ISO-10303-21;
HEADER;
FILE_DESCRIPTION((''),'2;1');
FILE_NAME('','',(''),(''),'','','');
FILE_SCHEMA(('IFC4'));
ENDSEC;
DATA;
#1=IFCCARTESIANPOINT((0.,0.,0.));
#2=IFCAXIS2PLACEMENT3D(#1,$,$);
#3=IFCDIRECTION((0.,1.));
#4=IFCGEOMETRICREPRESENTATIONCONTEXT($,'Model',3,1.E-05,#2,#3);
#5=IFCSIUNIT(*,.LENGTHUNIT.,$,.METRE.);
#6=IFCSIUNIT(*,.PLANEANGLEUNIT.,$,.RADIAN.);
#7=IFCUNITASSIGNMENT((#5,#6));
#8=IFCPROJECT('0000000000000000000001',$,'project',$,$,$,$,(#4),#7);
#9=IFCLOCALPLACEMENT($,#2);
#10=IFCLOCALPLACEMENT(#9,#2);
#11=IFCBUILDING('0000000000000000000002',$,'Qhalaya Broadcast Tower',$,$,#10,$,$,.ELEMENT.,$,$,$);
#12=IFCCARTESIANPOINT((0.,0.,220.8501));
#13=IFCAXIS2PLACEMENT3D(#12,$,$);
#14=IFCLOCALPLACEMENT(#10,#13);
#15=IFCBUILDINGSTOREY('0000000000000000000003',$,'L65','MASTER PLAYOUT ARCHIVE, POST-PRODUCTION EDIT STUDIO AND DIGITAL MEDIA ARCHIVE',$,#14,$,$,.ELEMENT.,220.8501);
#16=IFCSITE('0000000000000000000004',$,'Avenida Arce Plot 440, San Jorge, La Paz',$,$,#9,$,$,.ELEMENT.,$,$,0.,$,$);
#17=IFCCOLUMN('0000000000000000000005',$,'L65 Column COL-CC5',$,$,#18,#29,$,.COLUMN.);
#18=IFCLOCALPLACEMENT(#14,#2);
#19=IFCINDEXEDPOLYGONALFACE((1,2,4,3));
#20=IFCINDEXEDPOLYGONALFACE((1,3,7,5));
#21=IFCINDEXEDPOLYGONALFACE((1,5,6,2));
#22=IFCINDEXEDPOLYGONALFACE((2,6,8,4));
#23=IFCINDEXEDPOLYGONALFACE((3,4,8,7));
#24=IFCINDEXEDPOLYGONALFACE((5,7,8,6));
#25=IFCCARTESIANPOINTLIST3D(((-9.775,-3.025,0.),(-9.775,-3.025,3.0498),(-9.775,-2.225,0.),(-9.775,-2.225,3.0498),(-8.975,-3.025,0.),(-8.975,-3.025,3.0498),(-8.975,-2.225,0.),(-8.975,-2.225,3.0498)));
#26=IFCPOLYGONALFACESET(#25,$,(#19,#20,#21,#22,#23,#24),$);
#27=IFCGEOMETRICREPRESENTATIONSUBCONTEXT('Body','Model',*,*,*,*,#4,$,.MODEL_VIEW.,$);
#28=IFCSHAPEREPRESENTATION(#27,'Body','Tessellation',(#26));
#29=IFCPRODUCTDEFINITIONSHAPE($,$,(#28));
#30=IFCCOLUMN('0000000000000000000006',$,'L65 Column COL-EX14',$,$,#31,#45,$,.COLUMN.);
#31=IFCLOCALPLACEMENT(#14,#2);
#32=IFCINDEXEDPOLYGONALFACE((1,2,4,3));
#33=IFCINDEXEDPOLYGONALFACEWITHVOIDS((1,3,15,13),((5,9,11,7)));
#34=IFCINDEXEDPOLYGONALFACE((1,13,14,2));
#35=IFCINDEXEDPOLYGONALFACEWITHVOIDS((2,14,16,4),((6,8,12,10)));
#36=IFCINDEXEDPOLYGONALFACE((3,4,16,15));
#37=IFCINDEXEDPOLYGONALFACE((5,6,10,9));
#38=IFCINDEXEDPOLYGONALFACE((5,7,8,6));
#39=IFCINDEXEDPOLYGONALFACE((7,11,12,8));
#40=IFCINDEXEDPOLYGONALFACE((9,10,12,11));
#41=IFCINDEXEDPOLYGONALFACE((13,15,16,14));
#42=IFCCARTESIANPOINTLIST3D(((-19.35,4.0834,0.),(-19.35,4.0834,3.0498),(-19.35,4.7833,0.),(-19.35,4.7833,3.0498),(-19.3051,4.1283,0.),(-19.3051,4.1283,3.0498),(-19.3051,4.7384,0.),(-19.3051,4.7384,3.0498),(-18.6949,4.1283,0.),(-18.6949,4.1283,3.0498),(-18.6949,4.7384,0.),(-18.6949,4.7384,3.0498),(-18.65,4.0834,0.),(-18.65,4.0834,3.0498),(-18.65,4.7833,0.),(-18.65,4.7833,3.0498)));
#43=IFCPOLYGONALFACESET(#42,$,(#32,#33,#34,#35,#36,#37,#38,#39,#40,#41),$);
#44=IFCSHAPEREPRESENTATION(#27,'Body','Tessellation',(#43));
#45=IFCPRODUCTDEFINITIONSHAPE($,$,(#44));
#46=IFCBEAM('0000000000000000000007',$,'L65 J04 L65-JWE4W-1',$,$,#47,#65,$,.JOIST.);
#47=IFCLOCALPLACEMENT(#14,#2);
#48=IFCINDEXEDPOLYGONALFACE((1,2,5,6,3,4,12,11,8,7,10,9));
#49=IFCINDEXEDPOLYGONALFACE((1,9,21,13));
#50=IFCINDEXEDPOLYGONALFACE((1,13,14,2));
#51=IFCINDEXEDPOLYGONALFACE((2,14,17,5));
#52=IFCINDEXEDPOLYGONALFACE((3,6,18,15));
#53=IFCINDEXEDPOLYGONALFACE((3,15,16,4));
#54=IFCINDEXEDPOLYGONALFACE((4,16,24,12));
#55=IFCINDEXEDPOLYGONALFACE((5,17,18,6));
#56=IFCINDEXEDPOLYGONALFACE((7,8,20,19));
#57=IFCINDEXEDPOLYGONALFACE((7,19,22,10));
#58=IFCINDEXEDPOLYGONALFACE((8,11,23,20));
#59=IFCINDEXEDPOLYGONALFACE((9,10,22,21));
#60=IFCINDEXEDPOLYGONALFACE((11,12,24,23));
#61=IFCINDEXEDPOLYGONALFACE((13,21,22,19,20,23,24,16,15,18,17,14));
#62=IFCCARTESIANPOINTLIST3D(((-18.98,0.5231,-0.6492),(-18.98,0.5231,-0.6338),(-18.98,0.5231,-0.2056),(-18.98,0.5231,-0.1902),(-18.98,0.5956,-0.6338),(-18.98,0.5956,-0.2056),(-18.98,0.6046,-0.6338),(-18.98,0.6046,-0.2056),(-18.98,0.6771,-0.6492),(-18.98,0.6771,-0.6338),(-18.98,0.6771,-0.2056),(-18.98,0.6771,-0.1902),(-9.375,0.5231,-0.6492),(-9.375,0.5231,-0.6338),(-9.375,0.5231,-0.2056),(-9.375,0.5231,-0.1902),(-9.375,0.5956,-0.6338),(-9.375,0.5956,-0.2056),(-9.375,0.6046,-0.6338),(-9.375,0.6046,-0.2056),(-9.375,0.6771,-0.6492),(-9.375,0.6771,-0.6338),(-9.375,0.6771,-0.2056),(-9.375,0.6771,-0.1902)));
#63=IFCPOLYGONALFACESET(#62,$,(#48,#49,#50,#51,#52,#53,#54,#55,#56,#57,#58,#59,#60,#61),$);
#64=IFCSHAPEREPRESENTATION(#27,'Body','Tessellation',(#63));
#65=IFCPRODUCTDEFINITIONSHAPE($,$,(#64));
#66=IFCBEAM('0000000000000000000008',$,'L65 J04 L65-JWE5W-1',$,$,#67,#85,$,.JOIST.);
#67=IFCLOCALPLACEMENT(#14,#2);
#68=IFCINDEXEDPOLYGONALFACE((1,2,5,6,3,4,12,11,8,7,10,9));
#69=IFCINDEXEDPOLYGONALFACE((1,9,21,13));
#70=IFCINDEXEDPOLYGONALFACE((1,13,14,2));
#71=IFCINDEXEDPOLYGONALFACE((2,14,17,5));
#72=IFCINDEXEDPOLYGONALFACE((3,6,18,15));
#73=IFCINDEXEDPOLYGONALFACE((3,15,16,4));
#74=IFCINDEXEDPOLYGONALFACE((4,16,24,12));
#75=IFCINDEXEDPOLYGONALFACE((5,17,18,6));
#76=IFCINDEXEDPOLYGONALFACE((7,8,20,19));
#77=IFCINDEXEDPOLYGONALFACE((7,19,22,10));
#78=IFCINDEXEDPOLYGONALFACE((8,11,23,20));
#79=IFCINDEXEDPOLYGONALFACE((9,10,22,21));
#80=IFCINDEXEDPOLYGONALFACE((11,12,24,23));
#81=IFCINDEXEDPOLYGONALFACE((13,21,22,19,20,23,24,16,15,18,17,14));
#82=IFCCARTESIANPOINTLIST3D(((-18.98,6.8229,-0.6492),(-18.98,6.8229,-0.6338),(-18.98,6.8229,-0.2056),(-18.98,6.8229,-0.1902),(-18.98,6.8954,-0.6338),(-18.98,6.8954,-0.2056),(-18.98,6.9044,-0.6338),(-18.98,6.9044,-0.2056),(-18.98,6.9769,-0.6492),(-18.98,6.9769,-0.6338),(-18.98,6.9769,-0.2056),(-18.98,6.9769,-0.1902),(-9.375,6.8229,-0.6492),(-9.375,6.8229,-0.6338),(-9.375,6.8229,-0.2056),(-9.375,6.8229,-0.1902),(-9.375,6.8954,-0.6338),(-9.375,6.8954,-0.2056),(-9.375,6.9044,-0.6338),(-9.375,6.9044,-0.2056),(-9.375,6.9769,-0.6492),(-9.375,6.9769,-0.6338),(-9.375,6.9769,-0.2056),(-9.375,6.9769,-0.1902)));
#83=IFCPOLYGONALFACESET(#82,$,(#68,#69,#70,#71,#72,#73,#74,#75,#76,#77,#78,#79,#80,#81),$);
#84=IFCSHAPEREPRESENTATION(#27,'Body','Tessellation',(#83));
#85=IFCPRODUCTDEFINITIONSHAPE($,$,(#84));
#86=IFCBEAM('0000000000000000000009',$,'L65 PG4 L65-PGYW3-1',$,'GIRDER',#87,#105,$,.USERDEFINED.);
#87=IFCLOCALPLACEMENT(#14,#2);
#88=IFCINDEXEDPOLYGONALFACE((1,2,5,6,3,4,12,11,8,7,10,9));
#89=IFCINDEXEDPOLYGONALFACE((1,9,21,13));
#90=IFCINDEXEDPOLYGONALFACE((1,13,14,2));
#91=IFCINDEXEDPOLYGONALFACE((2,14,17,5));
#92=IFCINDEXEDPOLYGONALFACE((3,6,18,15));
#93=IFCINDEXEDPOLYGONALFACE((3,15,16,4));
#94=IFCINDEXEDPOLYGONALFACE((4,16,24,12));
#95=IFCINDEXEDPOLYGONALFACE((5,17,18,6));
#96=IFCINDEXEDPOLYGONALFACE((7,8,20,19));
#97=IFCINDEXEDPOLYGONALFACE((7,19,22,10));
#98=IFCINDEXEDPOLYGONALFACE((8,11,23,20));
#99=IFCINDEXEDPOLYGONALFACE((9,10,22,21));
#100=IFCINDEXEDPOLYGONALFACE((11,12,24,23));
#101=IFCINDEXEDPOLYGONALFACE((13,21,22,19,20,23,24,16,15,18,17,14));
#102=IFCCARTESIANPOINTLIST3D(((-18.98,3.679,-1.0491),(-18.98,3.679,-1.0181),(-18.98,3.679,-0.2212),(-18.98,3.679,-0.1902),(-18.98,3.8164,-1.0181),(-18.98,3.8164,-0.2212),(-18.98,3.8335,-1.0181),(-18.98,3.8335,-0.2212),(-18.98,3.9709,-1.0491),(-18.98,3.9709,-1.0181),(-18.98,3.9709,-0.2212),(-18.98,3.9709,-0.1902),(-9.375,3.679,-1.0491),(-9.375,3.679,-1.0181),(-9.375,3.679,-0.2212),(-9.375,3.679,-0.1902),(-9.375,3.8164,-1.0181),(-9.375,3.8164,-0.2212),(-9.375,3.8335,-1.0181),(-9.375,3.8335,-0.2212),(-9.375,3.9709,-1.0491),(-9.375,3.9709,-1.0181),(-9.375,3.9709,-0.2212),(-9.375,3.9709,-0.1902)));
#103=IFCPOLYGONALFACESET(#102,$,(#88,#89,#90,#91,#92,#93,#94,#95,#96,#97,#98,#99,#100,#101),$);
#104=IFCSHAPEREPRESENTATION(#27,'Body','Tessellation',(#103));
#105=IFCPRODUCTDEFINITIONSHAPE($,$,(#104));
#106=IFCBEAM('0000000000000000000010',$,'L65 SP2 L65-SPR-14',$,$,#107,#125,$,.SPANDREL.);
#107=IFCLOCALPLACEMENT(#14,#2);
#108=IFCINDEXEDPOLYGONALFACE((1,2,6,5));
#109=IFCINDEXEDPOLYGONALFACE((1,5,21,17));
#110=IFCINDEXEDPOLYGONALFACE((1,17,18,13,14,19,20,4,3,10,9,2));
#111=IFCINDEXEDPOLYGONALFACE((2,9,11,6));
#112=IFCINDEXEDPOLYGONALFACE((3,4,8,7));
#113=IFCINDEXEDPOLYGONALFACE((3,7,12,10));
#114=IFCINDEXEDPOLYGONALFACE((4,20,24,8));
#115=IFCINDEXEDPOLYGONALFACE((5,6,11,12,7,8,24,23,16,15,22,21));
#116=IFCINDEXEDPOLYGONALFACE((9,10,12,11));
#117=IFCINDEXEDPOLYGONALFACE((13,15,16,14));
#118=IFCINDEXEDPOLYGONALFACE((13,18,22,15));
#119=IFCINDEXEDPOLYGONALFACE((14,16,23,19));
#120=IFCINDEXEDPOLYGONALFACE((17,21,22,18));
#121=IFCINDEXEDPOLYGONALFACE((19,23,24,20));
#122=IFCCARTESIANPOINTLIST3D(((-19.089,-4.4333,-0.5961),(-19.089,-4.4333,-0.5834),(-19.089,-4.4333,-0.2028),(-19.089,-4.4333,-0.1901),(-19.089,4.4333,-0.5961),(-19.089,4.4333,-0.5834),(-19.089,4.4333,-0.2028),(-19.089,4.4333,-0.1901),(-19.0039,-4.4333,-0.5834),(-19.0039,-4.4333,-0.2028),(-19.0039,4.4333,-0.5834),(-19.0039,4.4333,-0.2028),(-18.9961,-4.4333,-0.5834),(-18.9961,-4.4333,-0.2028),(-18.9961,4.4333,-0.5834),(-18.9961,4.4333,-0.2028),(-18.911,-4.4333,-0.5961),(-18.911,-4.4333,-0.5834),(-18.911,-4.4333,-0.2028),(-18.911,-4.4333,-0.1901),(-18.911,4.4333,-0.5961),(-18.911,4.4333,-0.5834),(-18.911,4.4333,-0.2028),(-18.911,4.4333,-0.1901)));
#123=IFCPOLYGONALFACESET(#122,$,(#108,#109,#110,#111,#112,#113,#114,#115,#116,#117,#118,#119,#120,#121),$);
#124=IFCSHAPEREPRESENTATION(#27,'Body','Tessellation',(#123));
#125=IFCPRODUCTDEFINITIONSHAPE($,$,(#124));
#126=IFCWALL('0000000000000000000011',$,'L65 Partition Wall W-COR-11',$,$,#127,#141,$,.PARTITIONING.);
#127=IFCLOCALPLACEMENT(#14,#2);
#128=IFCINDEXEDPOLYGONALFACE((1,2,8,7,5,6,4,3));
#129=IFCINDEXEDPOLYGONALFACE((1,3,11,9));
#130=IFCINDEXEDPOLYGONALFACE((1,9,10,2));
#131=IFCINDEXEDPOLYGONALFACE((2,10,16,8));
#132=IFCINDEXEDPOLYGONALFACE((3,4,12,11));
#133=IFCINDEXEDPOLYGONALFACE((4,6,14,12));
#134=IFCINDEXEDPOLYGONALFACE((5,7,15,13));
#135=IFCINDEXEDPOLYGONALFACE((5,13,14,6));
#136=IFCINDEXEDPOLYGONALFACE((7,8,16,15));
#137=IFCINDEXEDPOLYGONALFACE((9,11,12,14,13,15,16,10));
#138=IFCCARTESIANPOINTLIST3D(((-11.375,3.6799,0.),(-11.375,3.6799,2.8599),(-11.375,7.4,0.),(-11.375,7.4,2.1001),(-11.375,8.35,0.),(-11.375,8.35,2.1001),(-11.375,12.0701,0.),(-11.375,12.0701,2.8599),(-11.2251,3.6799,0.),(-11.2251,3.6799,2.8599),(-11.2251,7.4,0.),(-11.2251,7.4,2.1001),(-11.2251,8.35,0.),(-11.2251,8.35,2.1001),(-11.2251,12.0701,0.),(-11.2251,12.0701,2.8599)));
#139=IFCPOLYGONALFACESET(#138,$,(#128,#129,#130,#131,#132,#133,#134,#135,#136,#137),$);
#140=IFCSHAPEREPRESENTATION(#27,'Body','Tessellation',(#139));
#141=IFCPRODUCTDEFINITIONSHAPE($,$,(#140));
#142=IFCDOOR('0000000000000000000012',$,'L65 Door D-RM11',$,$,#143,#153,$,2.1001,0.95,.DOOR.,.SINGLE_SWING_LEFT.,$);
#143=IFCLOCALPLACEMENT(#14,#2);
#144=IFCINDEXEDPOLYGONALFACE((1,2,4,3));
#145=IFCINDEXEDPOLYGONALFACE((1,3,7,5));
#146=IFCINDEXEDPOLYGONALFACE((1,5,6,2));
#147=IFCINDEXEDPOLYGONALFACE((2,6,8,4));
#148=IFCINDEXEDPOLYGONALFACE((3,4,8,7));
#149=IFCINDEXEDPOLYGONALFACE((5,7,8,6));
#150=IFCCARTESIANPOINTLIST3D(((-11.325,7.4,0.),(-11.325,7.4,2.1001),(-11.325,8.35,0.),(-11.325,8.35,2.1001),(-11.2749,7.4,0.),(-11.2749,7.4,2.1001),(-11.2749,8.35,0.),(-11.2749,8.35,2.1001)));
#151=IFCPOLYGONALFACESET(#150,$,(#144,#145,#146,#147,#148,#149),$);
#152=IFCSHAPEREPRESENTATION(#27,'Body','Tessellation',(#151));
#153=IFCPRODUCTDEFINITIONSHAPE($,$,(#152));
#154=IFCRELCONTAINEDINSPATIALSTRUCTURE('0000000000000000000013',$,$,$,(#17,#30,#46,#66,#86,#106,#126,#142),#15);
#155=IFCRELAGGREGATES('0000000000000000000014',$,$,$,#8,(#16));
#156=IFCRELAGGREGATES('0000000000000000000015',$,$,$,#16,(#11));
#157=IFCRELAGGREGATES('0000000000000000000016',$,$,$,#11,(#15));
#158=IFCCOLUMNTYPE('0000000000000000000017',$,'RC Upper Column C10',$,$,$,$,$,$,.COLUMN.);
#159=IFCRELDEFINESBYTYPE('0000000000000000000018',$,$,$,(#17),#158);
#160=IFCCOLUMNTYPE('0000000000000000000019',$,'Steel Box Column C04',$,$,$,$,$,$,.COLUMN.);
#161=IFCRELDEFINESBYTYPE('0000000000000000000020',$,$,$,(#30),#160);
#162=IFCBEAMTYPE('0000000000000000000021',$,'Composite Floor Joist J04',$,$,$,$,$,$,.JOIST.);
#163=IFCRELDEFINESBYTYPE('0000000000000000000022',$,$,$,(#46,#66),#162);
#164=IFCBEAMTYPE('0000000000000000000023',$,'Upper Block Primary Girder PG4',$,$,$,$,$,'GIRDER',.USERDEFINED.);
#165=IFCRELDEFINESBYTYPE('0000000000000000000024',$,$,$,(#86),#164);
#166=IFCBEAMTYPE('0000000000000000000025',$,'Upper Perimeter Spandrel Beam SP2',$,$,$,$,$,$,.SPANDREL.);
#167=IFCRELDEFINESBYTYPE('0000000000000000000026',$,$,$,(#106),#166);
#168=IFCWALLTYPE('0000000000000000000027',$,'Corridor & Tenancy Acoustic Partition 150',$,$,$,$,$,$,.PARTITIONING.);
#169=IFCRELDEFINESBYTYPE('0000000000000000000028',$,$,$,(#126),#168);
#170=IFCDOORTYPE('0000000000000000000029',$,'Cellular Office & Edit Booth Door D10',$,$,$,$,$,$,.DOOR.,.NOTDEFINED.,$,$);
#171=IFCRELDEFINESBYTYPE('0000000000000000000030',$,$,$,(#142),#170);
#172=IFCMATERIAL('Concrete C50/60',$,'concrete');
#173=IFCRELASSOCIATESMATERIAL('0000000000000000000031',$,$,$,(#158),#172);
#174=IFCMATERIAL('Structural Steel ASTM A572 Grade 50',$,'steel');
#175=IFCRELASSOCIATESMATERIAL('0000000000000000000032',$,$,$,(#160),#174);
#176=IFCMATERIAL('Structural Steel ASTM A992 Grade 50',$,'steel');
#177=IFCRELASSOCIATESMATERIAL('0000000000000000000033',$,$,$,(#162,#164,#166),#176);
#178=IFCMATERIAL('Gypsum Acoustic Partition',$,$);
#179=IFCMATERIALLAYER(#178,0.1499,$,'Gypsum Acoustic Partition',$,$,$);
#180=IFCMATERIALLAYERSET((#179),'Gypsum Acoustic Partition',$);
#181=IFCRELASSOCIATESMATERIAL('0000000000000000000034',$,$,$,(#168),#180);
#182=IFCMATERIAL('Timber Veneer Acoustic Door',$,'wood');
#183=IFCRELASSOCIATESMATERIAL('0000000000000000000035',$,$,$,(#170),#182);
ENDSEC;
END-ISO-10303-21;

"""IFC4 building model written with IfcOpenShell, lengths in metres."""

from ifc_helpers import new_model, si_unit, direction, frame, frame_2d, origin, origin_2d, place, context, subcontext, project, spatial, rectangle, hollow_rectangle, i_section, extrude, material, layer, layer_set, material_profile, profile_set, type_object, element, fill, save


model = new_model("IFC4")

# Units and contexts
model_context = context("Model", 3, precision=1e-05, world=origin(), true_north=direction((0.0, 1.0)))
body_context = subcontext(model_context, "Body", "Model", "MODEL_VIEW")
ifc_project = project(units=[si_unit("LENGTHUNIT", "METRE"), si_unit("PLANEANGLEUNIT", "RADIAN")], contexts=[model_context])

# Site, building, storey
site_placement = place(None, origin())
site = spatial("IfcSite", under=ifc_project, at=site_placement, Name="Avenida Arce Plot 440, San Jorge, La Paz", CompositionType="ELEMENT", RefElevation=0.0)
building_placement = place(site_placement, origin())
building = spatial("IfcBuilding", under=site, at=building_placement, Name="Qhalaya Broadcast Tower", CompositionType="ELEMENT")
storey_placement = place(building_placement, frame((0.0, 0.0, 220.8501)))
storey = spatial("IfcBuildingStorey", under=building, at=storey_placement, Name="L65", Description="MASTER PLAYOUT ARCHIVE, POST-PRODUCTION EDIT STUDIO AND DIGITAL MEDIA ARCHIVE", CompositionType="ELEMENT", Elevation=220.8501)

# Columns
ifc_material_1 = material(Name="Concrete C50/60", Category="concrete")
ifc_material_profile_1 = material_profile(ifc_material_1, rectangle(XDim=0.8, YDim=0.8, at=origin_2d()), Name="RC-COL 800x800")
ifc_profile_set_1 = profile_set([ifc_material_profile_1], Name="Concrete C50/60")
column_type_1 = type_object("IfcColumnType", Name="RC Upper Column C10", PredefinedType="COLUMN", material=ifc_profile_set_1)
column_1_placement = place(storey_placement, frame((-9.375, -2.625, 0.0), z_axis=(0.0, 0.0, 1.0), x_axis=(1.0, 0.0, 0.0)))
element("IfcColumn", 1, at=column_1_placement, inside=storey, type_object=column_type_1, Name="L65 Column COL-CC5", PredefinedType="COLUMN", context=body_context, shape_type="SweptSolid", body=[
    extrude(rectangle(XDim=0.8, YDim=0.8, at=origin_2d()), origin(), (0.0, 0.0, 1.0), 3.0498),
])
ifc_material_2 = material(Name="Structural Steel ASTM A572 Grade 50", Category="steel")
ifc_material_profile_2 = material_profile(ifc_material_2, hollow_rectangle(XDim=0.7, YDim=0.7, WallThickness=0.0449, at=origin_2d()), Name="BOX 700x700x45")
ifc_profile_set_2 = profile_set([ifc_material_profile_2], Name="Structural Steel ASTM A572 Grade 50")
column_type_2 = type_object("IfcColumnType", Name="Steel Box Column C04", PredefinedType="COLUMN", material=ifc_profile_set_2)
column_2_placement = place(storey_placement, frame((-19.0, 4.4333, 0.0), z_axis=(0.0, 0.0, 1.0), x_axis=(0.0, 1.0, 0.0)))
element("IfcColumn", 2, at=column_2_placement, inside=storey, type_object=column_type_2, Name="L65 Column COL-EX14", PredefinedType="COLUMN", context=body_context, shape_type="SweptSolid", body=[
    extrude(hollow_rectangle(XDim=0.7, YDim=0.7, WallThickness=0.0449, at=origin_2d()), origin(), (0.0, 0.0, 1.0), 3.0498),
])

# Beams
ifc_material_3 = material(Name="Structural Steel ASTM A992 Grade 50", Category="steel")
ifc_material_profile_3 = material_profile(ifc_material_3, i_section(OverallWidth=0.1541, OverallDepth=0.459, WebThickness=0.009, FlangeThickness=0.0154, at=origin_2d()), Name="W18X46")
ifc_profile_set_3 = profile_set([ifc_material_profile_3], Name="Structural Steel ASTM A992 Grade 50")
beam_type_1 = type_object("IfcBeamType", Name="Composite Floor Joist J04", PredefinedType="JOIST", material=ifc_profile_set_3)
for number, where, z_axis, x_axis, name in (
    (3, (-18.98, 0.6001, -0.4197), (1.0, 0.0, 0.0), (0.0, 1.0, 0.0), "L65 J04 L65-JWE4W-1"),
    (4, (-18.98, 6.8999, -0.4197), (1.0, 0.0, 0.0), (0.0, 1.0, 0.0), "L65 J04 L65-JWE5W-1"),
):
    element("IfcBeam", number, at=place(storey_placement, frame(where, z_axis=z_axis, x_axis=x_axis)), inside=storey, type_object=beam_type_1, Name=name, PredefinedType="JOIST", context=body_context, shape_type="SweptSolid", body=[
        extrude(i_section(OverallWidth=0.1541, OverallDepth=0.459, WebThickness=0.009, FlangeThickness=0.0154, at=origin_2d()), origin(), (0.0, 0.0, 1.0), 9.605),
    ])
ifc_material_profile_4 = material_profile(ifc_material_3, i_section(OverallWidth=0.292, OverallDepth=0.8589, WebThickness=0.0171, FlangeThickness=0.031, at=origin_2d()), Name="W33X169")
ifc_profile_set_4 = profile_set([ifc_material_profile_4], Name="Structural Steel ASTM A992 Grade 50")
beam_type_2 = type_object("IfcBeamType", Name="Upper Block Primary Girder PG4", ElementType="GIRDER", PredefinedType="USERDEFINED", material=ifc_profile_set_4)
beam_1_placement = place(storey_placement, frame((-18.98, 3.825, -0.6196), z_axis=(1.0, 0.0, 0.0), x_axis=(0.0, 1.0, 0.0)))
element("IfcBeam", 5, at=beam_1_placement, inside=storey, type_object=beam_type_2, Name="L65 PG4 L65-PGYW3-1", ObjectType="GIRDER", PredefinedType="USERDEFINED", context=body_context, shape_type="SweptSolid", body=[
    extrude(i_section(OverallWidth=0.292, OverallDepth=0.8589, WebThickness=0.0171, FlangeThickness=0.031, at=origin_2d()), origin(), (0.0, 0.0, 1.0), 9.605),
])
ifc_material_profile_5 = material_profile(ifc_material_3, i_section(OverallWidth=0.178, OverallDepth=0.406, WebThickness=0.0078, FlangeThickness=0.0127, at=origin_2d()), Name="W16X40")
ifc_profile_set_5 = profile_set([ifc_material_profile_5], Name="Structural Steel ASTM A992 Grade 50")
beam_type_3 = type_object("IfcBeamType", Name="Upper Perimeter Spandrel Beam SP2", PredefinedType="SPANDREL", material=ifc_profile_set_5)
beam_2_placement = place(storey_placement, frame((-19.0, 4.4333, -0.3931), z_axis=(0.0, -1.0, 0.0), x_axis=(1.0, 0.0, 0.0)))
element("IfcBeam", 6, at=beam_2_placement, inside=storey, type_object=beam_type_3, Name="L65 SP2 L65-SPR-14", PredefinedType="SPANDREL", context=body_context, shape_type="SweptSolid", body=[
    extrude(i_section(OverallWidth=0.178, OverallDepth=0.406, WebThickness=0.0078, FlangeThickness=0.0127, at=origin_2d()), origin(), (0.0, 0.0, 1.0), 8.8667),
])

# Wall, opening, door
ifc_material_4 = material(Name="Gypsum Acoustic Partition")
ifc_layer_1 = layer(ifc_material_4, 0.1499, Name="Gypsum Acoustic Partition")
ifc_layer_set_1 = layer_set([ifc_layer_1], Name="Gypsum Acoustic Partition")
wall_type_1 = type_object("IfcWallType", Name="Corridor & Tenancy Acoustic Partition 150", PredefinedType="PARTITIONING", material=ifc_layer_set_1)
wall_1_placement = place(storey_placement, frame((-11.3, 3.6799, 0.0), z_axis=(0.0, 0.0, 1.0), x_axis=(0.0, 1.0, 0.0)))
wall_1 = element("IfcWall", 7, at=wall_1_placement, inside=storey, type_object=wall_type_1, Name="L65 Partition Wall W-COR-11", PredefinedType="PARTITIONING", context=body_context, shape_type="SweptSolid", body=[
    extrude(rectangle(XDim=8.3901, YDim=0.1499, at=frame_2d((4.1951, 0.0))), origin(), (0.0, 0.0, 1.0), 2.8599),
])
opening_1_placement = place(wall_1_placement, frame((3.72, 0.0, 0.0)))
opening_1 = element("IfcOpeningElement", 8, at=opening_1_placement, cuts=wall_1, PredefinedType="OPENING", context=body_context, shape_type="SweptSolid", body=[
    extrude(rectangle(XDim=0.95, YDim=2.1001, at=frame_2d((0.4751, 1.05))), frame((0.0, 0.0869, 0.0), z_axis=(0.0, -1.0, 0.0), x_axis=(1.0, 0.0, 0.0)), (0.0, 0.0, 1.0), 0.1738),
])
ifc_material_5 = material(Name="Timber Veneer Acoustic Door", Category="wood")
door_type_1 = type_object("IfcDoorType", Name="Cellular Office & Edit Booth Door D10", OperationType="NOTDEFINED", PredefinedType="DOOR", material=ifc_material_5)
door_1_placement = place(opening_1_placement, origin())
door_1 = element("IfcDoor", 9, at=door_1_placement, inside=storey, type_object=door_type_1, Name="L65 Door D-RM11", OperationType="SINGLE_SWING_LEFT", OverallHeight=2.1001, OverallWidth=0.95, PredefinedType="DOOR", context=body_context, shape_type="SweptSolid", body=[
    extrude(rectangle(XDim=0.95, YDim=2.1001, at=frame_2d((0.4751, 1.05))), frame((0.0, 0.0249, 0.0), z_axis=(0.0, -1.0, 0.0), x_axis=(1.0, 0.0, 0.0)), (0.0, 0.0, 1.0), 0.05),
])
fill(opening_1, door_1)

save(model, "model.ifc")
